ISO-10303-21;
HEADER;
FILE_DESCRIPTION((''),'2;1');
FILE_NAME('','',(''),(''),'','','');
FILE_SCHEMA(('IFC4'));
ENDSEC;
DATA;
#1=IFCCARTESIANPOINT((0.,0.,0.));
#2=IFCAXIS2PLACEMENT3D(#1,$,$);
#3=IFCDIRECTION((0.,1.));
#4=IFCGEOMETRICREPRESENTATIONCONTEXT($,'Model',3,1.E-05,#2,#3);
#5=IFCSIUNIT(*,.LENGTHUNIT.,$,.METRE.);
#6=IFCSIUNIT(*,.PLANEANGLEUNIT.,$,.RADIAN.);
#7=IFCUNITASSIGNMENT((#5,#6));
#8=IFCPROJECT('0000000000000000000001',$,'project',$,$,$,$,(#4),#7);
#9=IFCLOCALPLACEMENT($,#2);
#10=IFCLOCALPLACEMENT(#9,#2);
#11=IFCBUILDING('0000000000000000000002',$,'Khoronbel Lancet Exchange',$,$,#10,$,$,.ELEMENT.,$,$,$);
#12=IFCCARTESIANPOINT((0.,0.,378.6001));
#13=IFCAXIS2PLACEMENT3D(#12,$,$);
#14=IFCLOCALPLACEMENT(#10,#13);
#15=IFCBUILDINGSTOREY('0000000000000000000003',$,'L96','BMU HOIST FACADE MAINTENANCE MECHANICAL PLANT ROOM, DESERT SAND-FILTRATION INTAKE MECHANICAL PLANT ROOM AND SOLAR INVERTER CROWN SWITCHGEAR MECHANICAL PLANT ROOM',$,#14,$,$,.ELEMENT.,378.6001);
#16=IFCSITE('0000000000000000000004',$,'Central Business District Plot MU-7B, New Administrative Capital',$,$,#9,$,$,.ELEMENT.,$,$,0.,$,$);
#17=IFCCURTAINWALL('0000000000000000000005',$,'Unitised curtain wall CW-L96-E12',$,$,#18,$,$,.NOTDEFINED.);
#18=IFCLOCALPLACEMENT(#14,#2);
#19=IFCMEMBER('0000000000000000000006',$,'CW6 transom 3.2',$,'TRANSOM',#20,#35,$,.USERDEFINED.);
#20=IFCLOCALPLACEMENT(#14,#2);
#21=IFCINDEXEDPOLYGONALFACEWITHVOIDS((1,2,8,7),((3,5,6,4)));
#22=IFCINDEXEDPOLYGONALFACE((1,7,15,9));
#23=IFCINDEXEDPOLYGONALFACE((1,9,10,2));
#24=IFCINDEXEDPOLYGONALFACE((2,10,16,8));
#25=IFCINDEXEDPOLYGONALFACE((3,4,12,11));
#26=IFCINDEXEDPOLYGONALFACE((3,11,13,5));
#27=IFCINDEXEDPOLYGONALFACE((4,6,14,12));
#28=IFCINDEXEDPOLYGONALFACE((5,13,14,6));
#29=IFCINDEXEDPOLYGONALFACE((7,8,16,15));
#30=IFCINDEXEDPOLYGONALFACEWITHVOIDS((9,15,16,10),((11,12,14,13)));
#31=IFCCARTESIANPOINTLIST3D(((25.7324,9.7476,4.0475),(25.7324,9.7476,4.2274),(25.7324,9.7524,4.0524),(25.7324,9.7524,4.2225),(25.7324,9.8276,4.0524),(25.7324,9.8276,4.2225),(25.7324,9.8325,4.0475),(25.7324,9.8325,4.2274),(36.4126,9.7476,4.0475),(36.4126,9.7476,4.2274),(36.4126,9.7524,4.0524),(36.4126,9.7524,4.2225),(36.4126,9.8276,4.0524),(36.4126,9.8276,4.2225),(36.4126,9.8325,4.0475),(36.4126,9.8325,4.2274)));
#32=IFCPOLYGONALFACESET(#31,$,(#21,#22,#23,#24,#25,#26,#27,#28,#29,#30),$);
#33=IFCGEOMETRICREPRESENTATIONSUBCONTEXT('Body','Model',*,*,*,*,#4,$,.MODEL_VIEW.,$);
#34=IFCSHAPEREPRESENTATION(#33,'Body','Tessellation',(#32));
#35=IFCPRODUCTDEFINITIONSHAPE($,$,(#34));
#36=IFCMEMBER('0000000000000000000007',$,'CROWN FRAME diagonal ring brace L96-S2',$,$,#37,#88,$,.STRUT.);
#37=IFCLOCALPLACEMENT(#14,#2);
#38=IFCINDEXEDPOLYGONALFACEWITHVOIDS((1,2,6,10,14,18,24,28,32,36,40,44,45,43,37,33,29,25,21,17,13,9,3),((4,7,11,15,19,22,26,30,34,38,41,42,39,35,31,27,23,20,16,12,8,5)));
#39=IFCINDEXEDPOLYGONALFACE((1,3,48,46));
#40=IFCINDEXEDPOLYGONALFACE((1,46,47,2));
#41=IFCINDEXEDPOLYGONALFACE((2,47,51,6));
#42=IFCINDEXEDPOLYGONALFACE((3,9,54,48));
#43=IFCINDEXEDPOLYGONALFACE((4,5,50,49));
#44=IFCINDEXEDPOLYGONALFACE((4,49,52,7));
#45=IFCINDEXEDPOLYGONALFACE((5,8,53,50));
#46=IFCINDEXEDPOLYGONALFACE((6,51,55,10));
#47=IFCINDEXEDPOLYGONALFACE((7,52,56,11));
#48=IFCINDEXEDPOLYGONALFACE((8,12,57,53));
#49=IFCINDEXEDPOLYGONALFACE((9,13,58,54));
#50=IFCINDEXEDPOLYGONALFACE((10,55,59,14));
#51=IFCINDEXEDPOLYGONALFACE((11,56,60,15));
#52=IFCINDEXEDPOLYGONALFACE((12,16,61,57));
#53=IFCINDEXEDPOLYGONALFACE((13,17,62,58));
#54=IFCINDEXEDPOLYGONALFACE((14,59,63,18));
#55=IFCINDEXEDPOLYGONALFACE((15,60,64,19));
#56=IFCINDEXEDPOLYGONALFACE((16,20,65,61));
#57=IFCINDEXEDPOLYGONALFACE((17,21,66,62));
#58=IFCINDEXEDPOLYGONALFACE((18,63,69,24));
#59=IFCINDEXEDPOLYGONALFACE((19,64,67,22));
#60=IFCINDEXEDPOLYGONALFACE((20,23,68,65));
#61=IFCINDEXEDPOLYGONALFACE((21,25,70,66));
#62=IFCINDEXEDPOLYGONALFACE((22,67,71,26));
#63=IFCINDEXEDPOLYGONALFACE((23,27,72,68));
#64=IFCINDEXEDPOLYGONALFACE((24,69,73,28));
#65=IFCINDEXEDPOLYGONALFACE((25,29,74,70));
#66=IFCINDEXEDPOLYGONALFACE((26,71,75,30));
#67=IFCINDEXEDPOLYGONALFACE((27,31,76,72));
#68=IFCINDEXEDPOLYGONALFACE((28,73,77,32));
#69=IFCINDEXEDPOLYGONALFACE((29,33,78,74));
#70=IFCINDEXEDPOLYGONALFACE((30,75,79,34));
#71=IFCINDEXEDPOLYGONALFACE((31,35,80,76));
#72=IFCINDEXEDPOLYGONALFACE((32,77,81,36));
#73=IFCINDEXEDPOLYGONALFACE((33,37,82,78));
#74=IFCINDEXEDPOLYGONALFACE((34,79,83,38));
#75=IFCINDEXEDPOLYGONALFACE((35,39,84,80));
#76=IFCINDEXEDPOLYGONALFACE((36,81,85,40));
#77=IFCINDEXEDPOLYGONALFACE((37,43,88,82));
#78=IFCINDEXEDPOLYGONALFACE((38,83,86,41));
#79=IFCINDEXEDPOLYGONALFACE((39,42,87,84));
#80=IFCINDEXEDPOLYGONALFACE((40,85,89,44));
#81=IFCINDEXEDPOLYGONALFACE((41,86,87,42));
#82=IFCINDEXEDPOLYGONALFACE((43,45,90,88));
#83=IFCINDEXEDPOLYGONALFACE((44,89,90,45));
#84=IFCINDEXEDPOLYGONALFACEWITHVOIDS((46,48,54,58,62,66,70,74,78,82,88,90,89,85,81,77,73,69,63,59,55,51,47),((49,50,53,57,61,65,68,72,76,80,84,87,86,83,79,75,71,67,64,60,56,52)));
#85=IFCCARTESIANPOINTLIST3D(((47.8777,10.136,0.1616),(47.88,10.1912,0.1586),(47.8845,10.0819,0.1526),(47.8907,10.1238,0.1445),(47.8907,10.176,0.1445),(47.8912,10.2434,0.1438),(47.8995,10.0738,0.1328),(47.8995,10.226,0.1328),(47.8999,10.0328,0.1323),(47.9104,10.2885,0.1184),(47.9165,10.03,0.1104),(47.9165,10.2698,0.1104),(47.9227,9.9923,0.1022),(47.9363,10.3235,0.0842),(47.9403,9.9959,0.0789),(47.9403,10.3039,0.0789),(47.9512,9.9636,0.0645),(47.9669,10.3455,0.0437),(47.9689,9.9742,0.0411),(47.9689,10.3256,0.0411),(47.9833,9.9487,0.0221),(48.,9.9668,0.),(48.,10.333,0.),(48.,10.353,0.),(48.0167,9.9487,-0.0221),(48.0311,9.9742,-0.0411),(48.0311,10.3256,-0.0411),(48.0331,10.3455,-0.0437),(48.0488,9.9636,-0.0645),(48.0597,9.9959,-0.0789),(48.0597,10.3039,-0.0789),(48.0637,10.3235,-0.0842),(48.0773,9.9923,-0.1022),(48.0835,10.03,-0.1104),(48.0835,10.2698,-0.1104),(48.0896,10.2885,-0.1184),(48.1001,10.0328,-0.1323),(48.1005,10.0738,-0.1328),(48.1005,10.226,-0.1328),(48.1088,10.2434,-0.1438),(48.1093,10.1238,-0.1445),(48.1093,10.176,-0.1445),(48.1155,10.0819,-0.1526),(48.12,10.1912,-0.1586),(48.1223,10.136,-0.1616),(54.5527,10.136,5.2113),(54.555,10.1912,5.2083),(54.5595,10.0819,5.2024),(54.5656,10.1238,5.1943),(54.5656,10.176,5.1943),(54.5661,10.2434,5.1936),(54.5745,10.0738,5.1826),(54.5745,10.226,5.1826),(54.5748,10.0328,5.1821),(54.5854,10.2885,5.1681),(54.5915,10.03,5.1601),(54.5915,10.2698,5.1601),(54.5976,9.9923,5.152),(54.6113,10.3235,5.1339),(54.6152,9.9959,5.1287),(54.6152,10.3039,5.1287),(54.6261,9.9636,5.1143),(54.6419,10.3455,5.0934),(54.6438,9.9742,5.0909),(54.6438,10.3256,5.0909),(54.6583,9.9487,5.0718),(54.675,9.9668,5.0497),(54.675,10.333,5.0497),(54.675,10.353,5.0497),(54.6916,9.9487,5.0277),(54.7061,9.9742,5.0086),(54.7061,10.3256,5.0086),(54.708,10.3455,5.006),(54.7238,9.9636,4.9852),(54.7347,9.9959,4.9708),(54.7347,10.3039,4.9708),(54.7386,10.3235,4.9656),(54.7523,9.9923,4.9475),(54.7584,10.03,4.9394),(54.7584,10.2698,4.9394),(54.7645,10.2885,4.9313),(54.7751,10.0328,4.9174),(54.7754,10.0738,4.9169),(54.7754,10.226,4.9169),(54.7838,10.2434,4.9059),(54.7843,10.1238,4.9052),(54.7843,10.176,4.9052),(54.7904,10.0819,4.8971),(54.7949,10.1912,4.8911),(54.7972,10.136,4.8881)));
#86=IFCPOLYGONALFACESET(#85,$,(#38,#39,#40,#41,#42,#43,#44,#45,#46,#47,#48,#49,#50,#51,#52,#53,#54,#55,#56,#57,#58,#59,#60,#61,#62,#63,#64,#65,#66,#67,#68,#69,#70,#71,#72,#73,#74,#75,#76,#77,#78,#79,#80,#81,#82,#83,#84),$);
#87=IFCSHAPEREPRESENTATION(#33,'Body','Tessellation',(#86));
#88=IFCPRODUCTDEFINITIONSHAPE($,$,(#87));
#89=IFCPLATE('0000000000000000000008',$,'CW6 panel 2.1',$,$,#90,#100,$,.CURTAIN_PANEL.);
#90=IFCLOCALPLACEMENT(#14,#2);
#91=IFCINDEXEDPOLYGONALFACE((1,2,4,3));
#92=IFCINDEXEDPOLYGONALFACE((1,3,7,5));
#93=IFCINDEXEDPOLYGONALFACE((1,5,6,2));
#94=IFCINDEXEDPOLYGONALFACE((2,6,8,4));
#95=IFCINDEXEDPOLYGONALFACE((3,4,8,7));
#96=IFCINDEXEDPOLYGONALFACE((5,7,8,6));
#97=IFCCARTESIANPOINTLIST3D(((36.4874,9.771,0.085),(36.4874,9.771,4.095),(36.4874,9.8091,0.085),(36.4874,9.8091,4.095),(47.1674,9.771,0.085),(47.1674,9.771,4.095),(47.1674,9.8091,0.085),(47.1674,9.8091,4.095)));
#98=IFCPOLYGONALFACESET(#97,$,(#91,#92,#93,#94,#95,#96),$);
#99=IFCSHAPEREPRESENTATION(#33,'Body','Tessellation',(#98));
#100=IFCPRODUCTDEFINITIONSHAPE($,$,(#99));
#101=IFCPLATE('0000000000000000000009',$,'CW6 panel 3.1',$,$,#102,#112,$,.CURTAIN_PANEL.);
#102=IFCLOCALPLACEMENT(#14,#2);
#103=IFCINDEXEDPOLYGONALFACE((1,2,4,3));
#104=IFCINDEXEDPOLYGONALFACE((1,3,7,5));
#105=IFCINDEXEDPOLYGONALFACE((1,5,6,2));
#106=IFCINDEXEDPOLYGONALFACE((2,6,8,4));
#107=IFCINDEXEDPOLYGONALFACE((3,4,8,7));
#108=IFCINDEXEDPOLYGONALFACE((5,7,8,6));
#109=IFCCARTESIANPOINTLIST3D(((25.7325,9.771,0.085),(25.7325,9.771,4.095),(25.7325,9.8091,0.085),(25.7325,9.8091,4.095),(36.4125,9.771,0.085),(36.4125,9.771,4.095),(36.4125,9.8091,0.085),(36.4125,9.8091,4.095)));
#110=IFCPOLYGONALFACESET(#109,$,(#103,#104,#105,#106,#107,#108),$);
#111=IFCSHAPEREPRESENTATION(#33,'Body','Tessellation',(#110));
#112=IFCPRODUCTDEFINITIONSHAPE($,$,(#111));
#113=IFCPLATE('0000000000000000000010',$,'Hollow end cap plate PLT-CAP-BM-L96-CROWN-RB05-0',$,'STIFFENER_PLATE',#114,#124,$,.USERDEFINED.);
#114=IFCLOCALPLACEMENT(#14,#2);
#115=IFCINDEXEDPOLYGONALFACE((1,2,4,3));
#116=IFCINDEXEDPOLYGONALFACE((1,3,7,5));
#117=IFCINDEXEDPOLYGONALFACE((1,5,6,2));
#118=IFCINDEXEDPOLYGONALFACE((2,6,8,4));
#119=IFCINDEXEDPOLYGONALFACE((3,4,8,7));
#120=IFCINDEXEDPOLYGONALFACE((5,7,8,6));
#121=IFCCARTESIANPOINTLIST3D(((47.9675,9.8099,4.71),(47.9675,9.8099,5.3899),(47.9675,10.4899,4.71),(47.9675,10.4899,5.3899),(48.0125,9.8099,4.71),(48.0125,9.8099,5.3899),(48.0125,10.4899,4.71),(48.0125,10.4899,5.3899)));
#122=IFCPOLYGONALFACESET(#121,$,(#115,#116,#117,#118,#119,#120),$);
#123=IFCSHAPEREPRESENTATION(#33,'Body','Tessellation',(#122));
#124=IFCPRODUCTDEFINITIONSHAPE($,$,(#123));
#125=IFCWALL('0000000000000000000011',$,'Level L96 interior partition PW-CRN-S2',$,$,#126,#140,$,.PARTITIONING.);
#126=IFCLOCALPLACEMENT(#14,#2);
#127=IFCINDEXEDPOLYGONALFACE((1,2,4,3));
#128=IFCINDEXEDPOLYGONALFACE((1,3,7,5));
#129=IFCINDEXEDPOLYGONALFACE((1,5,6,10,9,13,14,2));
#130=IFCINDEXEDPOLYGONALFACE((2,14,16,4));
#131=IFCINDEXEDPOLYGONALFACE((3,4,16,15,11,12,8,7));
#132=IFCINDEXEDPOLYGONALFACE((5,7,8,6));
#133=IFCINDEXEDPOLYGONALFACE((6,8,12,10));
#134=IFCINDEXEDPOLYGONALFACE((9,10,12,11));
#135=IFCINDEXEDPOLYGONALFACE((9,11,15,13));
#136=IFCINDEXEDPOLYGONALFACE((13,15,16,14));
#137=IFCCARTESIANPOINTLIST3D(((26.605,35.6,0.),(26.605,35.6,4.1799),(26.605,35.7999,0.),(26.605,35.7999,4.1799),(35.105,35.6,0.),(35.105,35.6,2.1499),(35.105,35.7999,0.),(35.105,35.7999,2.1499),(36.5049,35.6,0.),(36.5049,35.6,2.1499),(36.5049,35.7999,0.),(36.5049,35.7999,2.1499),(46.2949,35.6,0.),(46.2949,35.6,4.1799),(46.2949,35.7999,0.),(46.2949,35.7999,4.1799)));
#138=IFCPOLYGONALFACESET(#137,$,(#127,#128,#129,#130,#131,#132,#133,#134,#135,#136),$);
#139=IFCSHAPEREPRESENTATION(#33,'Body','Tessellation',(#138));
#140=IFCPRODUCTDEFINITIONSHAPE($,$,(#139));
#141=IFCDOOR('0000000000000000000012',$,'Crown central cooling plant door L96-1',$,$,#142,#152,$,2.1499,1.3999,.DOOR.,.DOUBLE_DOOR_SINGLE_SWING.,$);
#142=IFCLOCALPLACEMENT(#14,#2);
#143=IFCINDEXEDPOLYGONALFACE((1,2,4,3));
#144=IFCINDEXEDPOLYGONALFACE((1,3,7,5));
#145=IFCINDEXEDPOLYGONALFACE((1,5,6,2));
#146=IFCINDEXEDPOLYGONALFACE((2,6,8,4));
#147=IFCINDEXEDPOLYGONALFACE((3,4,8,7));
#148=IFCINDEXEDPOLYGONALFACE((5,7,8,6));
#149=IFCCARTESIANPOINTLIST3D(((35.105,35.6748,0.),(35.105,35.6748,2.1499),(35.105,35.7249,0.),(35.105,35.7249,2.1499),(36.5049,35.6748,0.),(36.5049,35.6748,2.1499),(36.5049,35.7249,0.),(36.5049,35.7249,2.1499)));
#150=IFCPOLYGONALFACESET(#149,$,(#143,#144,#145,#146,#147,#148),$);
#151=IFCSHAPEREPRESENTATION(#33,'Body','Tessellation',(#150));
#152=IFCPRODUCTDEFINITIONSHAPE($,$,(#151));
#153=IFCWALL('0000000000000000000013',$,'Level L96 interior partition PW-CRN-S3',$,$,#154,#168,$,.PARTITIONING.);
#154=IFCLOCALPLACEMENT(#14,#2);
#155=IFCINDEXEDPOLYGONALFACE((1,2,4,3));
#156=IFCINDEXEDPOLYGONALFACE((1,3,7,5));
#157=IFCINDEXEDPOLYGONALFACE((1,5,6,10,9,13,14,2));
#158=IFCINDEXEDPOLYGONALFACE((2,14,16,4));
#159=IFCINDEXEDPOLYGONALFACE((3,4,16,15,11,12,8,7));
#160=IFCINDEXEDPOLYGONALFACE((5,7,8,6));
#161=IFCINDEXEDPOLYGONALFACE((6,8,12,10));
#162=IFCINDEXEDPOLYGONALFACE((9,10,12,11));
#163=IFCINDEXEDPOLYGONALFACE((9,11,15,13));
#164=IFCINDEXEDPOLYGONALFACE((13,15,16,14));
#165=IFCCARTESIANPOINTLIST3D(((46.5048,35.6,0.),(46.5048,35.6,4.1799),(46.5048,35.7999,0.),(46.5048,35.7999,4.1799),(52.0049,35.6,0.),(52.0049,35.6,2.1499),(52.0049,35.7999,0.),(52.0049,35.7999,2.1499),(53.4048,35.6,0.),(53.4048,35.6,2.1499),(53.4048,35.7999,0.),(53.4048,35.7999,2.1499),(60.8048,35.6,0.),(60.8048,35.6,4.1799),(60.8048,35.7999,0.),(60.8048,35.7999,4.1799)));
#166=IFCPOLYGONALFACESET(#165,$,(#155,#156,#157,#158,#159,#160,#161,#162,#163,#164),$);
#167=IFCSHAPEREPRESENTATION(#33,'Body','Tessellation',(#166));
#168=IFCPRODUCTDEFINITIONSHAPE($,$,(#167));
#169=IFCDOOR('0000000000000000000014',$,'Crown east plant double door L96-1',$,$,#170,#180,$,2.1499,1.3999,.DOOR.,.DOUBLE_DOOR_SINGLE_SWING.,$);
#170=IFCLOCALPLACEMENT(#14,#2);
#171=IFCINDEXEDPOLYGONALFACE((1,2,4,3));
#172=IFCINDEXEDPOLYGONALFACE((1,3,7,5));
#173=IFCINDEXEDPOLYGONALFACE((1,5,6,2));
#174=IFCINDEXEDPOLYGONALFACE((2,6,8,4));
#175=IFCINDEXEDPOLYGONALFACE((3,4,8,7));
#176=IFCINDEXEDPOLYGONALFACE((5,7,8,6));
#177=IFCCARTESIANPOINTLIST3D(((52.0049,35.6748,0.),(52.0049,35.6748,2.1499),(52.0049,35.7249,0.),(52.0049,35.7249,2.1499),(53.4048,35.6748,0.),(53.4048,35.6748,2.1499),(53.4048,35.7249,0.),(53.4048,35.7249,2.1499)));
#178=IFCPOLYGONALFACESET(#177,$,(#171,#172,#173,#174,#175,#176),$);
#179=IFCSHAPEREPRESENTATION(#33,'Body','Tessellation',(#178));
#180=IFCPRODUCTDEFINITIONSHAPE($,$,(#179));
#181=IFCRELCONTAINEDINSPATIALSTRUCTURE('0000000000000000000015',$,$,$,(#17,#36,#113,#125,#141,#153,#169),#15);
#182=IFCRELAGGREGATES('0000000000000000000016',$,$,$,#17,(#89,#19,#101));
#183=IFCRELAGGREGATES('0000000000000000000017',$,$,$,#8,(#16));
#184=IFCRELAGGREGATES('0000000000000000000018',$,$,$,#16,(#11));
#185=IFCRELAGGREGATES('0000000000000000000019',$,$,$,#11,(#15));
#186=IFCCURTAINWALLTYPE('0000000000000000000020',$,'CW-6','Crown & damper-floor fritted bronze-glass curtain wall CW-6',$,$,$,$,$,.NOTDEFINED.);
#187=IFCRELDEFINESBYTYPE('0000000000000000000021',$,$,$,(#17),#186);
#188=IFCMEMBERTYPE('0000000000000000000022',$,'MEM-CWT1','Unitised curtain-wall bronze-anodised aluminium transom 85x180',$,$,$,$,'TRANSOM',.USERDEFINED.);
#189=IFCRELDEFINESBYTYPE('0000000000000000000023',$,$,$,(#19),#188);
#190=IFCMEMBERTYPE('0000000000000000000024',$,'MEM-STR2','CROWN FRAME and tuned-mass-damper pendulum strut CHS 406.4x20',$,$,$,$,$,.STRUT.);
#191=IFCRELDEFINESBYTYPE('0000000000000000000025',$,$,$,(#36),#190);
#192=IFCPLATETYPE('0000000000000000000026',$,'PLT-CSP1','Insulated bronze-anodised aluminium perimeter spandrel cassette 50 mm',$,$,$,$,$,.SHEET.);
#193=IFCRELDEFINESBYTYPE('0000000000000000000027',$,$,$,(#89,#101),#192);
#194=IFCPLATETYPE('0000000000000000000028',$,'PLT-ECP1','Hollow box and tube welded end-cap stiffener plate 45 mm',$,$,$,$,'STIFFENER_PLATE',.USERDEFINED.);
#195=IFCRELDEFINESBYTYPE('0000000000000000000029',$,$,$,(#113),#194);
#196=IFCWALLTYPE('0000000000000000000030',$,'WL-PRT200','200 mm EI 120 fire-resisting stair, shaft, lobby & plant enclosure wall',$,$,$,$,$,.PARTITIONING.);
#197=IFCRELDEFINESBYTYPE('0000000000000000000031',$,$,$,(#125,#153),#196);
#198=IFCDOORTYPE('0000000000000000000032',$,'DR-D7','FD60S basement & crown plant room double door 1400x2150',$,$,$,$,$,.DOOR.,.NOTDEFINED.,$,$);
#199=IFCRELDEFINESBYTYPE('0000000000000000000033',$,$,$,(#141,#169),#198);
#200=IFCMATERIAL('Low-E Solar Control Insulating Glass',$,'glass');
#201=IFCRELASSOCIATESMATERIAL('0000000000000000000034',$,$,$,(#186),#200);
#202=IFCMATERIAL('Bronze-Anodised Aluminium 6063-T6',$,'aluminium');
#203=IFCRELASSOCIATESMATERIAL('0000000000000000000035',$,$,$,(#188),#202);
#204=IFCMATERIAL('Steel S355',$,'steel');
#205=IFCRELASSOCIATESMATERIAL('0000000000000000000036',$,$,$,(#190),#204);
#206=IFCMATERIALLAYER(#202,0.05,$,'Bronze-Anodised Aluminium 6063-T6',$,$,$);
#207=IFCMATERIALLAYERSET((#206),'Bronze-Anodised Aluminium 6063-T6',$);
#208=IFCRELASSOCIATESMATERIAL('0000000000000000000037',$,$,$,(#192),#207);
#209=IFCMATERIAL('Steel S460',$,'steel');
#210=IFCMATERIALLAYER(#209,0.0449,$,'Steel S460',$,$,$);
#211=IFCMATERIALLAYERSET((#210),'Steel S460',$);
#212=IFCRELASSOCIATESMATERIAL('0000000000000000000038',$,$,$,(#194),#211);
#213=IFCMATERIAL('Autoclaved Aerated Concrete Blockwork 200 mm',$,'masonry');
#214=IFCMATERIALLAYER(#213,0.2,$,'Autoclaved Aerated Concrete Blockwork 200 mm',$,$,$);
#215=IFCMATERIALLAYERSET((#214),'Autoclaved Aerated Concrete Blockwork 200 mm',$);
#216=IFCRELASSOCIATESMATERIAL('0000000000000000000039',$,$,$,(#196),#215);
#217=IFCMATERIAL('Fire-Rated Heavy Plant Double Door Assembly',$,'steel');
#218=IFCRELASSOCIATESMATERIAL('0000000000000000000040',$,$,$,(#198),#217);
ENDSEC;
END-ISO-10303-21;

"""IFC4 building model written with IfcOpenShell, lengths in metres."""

from ifc_helpers import new_model, si_unit, direction, frame, frame_2d, origin, origin_2d, place, context, subcontext, project, spatial, rectangle, hollow_rectangle, hollow_circle, extrude, material, layer, layer_set, material_profile, profile_set, type_object, element, fill, aggregate, save


model = new_model("IFC4")

# Units and contexts
model_context = context("Model", 3, precision=1e-05, world=origin(), true_north=direction((0.0, 1.0)))
body_context = subcontext(model_context, "Body", "Model", "MODEL_VIEW")
ifc_project = project(units=[si_unit("LENGTHUNIT", "METRE"), si_unit("PLANEANGLEUNIT", "RADIAN")], contexts=[model_context])

# Site, building, storey
site_placement = place(None, origin())
site = spatial("IfcSite", under=ifc_project, at=site_placement, Name="Central Business District Plot MU-7B, New Administrative Capital", CompositionType="ELEMENT", RefElevation=0.0)
building_placement = place(site_placement, origin())
building = spatial("IfcBuilding", under=site, at=building_placement, Name="Khoronbel Lancet Exchange", CompositionType="ELEMENT")
storey_placement = place(building_placement, frame((0.0, 0.0, 378.6001)))
storey = spatial("IfcBuildingStorey", under=building, at=storey_placement, Name="L96", Description="BMU HOIST FACADE MAINTENANCE MECHANICAL PLANT ROOM, DESERT SAND-FILTRATION INTAKE MECHANICAL PLANT ROOM AND SOLAR INVERTER CROWN SWITCHGEAR MECHANICAL PLANT ROOM", CompositionType="ELEMENT", Elevation=378.6001)

# Shared definitions
ifc_material_1 = material(Name="Steel S460", Category="steel")

# Shared definitions
ifc_material_2 = material(Name="Steel S355", Category="steel")

# Curtain wall, member
ifc_material_3 = material(Name="Low-E Solar Control Insulating Glass", Category="glass")
curtain_wall_type = type_object("IfcCurtainWallType", Name="CW-6", Description="Crown & damper-floor fritted bronze-glass curtain wall CW-6", PredefinedType="NOTDEFINED", material=ifc_material_3)
curtain_wall_placement = place(storey_placement, origin())
curtain_wall = element("IfcCurtainWall", 1, at=curtain_wall_placement, inside=storey, type_object=curtain_wall_type, Name="Unitised curtain wall CW-L96-E12", PredefinedType="NOTDEFINED")
ifc_material_4 = material(Name="Bronze-Anodised Aluminium 6063-T6", Category="aluminium")
ifc_material_profile_1 = material_profile(ifc_material_4, hollow_rectangle(XDim=0.085, YDim=0.1799, WallThickness=0.0049, at=origin_2d()), Name="ALU TRANSOM 85x180")
ifc_profile_set_1 = profile_set([ifc_material_profile_1], Name="Bronze-Anodised Aluminium 6063-T6")
member_type_1 = type_object("IfcMemberType", Name="MEM-CWT1", Description="Unitised curtain-wall bronze-anodised aluminium transom 85x180", ElementType="TRANSOM", PredefinedType="USERDEFINED", material=ifc_profile_set_1)
member_1_placement = place(storey_placement, frame((36.4126, 9.79, 4.1375), z_axis=(-1.0, 0.0, 0.0), x_axis=(0.0, -1.0, 0.0)))
member_1 = element("IfcMember", 2, at=member_1_placement, type_object=member_type_1, Name="CW6 transom 3.2", ObjectType="TRANSOM", PredefinedType="USERDEFINED", context=body_context, shape_type="SweptSolid", body=[
    extrude(hollow_rectangle(XDim=0.085, YDim=0.1799, WallThickness=0.0049, at=origin_2d()), origin(), (0.0, 0.0, 1.0), 10.6802),
])

# Member
ifc_material_profile_2 = material_profile(ifc_material_2, hollow_circle(Radius=0.2031, WallThickness=0.02, at=origin_2d()), Name="CHS 406.4x20")
ifc_profile_set_2 = profile_set([ifc_material_profile_2], Name="Steel S355")
member_type_2 = type_object("IfcMemberType", Name="MEM-STR2", Description="CROWN FRAME and tuned-mass-damper pendulum strut CHS 406.4x20", PredefinedType="STRUT", material=ifc_profile_set_2)
member_2_placement = place(storey_placement, frame((48.0, 10.1499, 0.0), z_axis=(0.797497, 0.0, 0.603322), x_axis=(0.0, 1.0, 0.0)))
element("IfcMember", 3, at=member_2_placement, inside=storey, type_object=member_type_2, Name="CROWN FRAME diagonal ring brace L96-S2", PredefinedType="STRUT", context=body_context, shape_type="SweptSolid", body=[
    extrude(hollow_circle(Radius=0.2031, WallThickness=0.02, at=origin_2d()), origin(), (0.0, 0.0, 1.0), 8.3699),
])

# Plates
ifc_layer_1 = layer(ifc_material_4, 0.05, Name="Bronze-Anodised Aluminium 6063-T6")
ifc_layer_set_1 = layer_set([ifc_layer_1], Name="Bronze-Anodised Aluminium 6063-T6")
plate_type_1 = type_object("IfcPlateType", Name="PLT-CSP1", Description="Insulated bronze-anodised aluminium perimeter spandrel cassette 50 mm", PredefinedType="SHEET", material=ifc_layer_set_1)
plate_1_placement = place(storey_placement, frame((41.8274, 9.79, 0.085), z_axis=(0.0, 0.0, 1.0), x_axis=(-1.0, 0.0, 0.0)))
plate_1 = element("IfcPlate", 4, at=plate_1_placement, type_object=plate_type_1, Name="CW6 panel 2.1", PredefinedType="CURTAIN_PANEL", context=body_context, shape_type="SweptSolid", body=[
    extrude(rectangle(XDim=10.6799, YDim=0.0381, at=origin_2d()), origin(), (0.0, 0.0, 1.0), 4.01),
])
plate_2_placement = place(storey_placement, frame((31.0725, 9.79, 0.085), z_axis=(0.0, 0.0, 1.0), x_axis=(-1.0, 0.0, 0.0)))
plate_2 = element("IfcPlate", 5, at=plate_2_placement, type_object=plate_type_1, Name="CW6 panel 3.1", PredefinedType="CURTAIN_PANEL", context=body_context, shape_type="SweptSolid", body=[
    extrude(rectangle(XDim=10.6799, YDim=0.0381, at=origin_2d()), origin(), (0.0, 0.0, 1.0), 4.01),
])
aggregate(curtain_wall, [plate_1, member_1, plate_2])
ifc_layer_2 = layer(ifc_material_1, 0.0449, Name="Steel S460")
ifc_layer_set_2 = layer_set([ifc_layer_2], Name="Steel S460")
plate_type_2 = type_object("IfcPlateType", Name="PLT-ECP1", Description="Hollow box and tube welded end-cap stiffener plate 45 mm", ElementType="STIFFENER_PLATE", PredefinedType="USERDEFINED", material=ifc_layer_set_2)
plate_3_placement = place(storey_placement, frame((47.99, 10.1499, 4.71), z_axis=(0.0, 0.0, 1.0), x_axis=(-1.0, 0.0, 0.0)))
element("IfcPlate", 6, at=plate_3_placement, inside=storey, type_object=plate_type_2, Name="Hollow end cap plate PLT-CAP-BM-L96-CROWN-RB05-0", ObjectType="STIFFENER_PLATE", PredefinedType="USERDEFINED", context=body_context, shape_type="SweptSolid", body=[
    extrude(rectangle(XDim=0.0449, YDim=0.6799, at=origin_2d()), origin(), (0.0, 0.0, 1.0), 0.6799),
])

# Walls, openings, doors
ifc_material_5 = material(Name="Autoclaved Aerated Concrete Blockwork 200 mm", Category="masonry")
ifc_layer_3 = layer(ifc_material_5, 0.2, Name="Autoclaved Aerated Concrete Blockwork 200 mm")
ifc_layer_set_3 = layer_set([ifc_layer_3], Name="Autoclaved Aerated Concrete Blockwork 200 mm")
wall_type = type_object("IfcWallType", Name="WL-PRT200", Description="200 mm EI 120 fire-resisting stair, shaft, lobby & plant enclosure wall", PredefinedType="PARTITIONING", material=ifc_layer_set_3)
wall_1_placement = place(storey_placement, frame((26.605, 35.7, 0.0), z_axis=(0.0, 0.0, 1.0), x_axis=(1.0, 0.0, 0.0)))
wall_1 = element("IfcWall", 7, at=wall_1_placement, inside=storey, type_object=wall_type, Name="Level L96 interior partition PW-CRN-S2", PredefinedType="PARTITIONING", context=body_context, shape_type="SweptSolid", body=[
    extrude(rectangle(XDim=19.6899, YDim=0.2, at=frame_2d((9.845, 0.0))), origin(), (0.0, 0.0, 1.0), 4.1799),
])
opening_1_placement = place(wall_1_placement, frame((8.5, 0.0, 0.0)))
opening_1 = element("IfcOpeningElement", 8, at=opening_1_placement, cuts=wall_1, PredefinedType="OPENING", context=body_context, shape_type="SweptSolid", body=[
    extrude(rectangle(XDim=1.3999, YDim=2.1499, at=frame_2d((0.7, 1.075))), frame((0.0, 0.1099, 0.0), z_axis=(0.0, -1.0, 0.0), x_axis=(1.0, 0.0, 0.0)), (0.0, 0.0, 1.0), 0.22),
])
ifc_material_6 = material(Name="Fire-Rated Heavy Plant Double Door Assembly", Category="steel")
door_type = type_object("IfcDoorType", Name="DR-D7", Description="FD60S basement & crown plant room double door 1400x2150", OperationType="NOTDEFINED", PredefinedType="DOOR", material=ifc_material_6)
door_1_placement = place(opening_1_placement, origin())
door_1 = element("IfcDoor", 9, at=door_1_placement, inside=storey, type_object=door_type, Name="Crown central cooling plant door L96-1", OperationType="DOUBLE_DOOR_SINGLE_SWING", OverallHeight=2.1499, OverallWidth=1.3999, PredefinedType="DOOR", context=body_context, shape_type="SweptSolid", body=[
    extrude(rectangle(XDim=1.3999, YDim=2.1499, at=frame_2d((0.7, 1.075))), frame((0.0, 0.0249, 0.0), z_axis=(0.0, -1.0, 0.0), x_axis=(1.0, 0.0, 0.0)), (0.0, 0.0, 1.0), 0.05),
])
fill(opening_1, door_1)
wall_2_placement = place(storey_placement, frame((46.5049, 35.7, 0.0), z_axis=(0.0, 0.0, 1.0), x_axis=(1.0, 0.0, 0.0)))
wall_2 = element("IfcWall", 10, at=wall_2_placement, inside=storey, type_object=wall_type, Name="Level L96 interior partition PW-CRN-S3", PredefinedType="PARTITIONING", context=body_context, shape_type="SweptSolid", body=[
    extrude(rectangle(XDim=14.3, YDim=0.2, at=frame_2d((7.1499, 0.0))), origin(), (0.0, 0.0, 1.0), 4.1799),
])
opening_2_placement = place(wall_2_placement, frame((5.5, 0.0, 0.0)))
opening_2 = element("IfcOpeningElement", 11, at=opening_2_placement, cuts=wall_2, PredefinedType="OPENING", context=body_context, shape_type="SweptSolid", body=[
    extrude(rectangle(XDim=1.3999, YDim=2.1499, at=frame_2d((0.7, 1.075))), frame((0.0, 0.1099, 0.0), z_axis=(0.0, -1.0, 0.0), x_axis=(1.0, 0.0, 0.0)), (0.0, 0.0, 1.0), 0.22),
])
door_2_placement = place(opening_2_placement, origin())
door_2 = element("IfcDoor", 12, at=door_2_placement, inside=storey, type_object=door_type, Name="Crown east plant double door L96-1", OperationType="DOUBLE_DOOR_SINGLE_SWING", OverallHeight=2.1499, OverallWidth=1.3999, PredefinedType="DOOR", context=body_context, shape_type="SweptSolid", body=[
    extrude(rectangle(XDim=1.3999, YDim=2.1499, at=frame_2d((0.7, 1.075))), frame((0.0, 0.0249, 0.0), z_axis=(0.0, -1.0, 0.0), x_axis=(1.0, 0.0, 0.0)), (0.0, 0.0, 1.0), 0.05),
])
fill(opening_2, door_2)

save(model, "model.ifc")
